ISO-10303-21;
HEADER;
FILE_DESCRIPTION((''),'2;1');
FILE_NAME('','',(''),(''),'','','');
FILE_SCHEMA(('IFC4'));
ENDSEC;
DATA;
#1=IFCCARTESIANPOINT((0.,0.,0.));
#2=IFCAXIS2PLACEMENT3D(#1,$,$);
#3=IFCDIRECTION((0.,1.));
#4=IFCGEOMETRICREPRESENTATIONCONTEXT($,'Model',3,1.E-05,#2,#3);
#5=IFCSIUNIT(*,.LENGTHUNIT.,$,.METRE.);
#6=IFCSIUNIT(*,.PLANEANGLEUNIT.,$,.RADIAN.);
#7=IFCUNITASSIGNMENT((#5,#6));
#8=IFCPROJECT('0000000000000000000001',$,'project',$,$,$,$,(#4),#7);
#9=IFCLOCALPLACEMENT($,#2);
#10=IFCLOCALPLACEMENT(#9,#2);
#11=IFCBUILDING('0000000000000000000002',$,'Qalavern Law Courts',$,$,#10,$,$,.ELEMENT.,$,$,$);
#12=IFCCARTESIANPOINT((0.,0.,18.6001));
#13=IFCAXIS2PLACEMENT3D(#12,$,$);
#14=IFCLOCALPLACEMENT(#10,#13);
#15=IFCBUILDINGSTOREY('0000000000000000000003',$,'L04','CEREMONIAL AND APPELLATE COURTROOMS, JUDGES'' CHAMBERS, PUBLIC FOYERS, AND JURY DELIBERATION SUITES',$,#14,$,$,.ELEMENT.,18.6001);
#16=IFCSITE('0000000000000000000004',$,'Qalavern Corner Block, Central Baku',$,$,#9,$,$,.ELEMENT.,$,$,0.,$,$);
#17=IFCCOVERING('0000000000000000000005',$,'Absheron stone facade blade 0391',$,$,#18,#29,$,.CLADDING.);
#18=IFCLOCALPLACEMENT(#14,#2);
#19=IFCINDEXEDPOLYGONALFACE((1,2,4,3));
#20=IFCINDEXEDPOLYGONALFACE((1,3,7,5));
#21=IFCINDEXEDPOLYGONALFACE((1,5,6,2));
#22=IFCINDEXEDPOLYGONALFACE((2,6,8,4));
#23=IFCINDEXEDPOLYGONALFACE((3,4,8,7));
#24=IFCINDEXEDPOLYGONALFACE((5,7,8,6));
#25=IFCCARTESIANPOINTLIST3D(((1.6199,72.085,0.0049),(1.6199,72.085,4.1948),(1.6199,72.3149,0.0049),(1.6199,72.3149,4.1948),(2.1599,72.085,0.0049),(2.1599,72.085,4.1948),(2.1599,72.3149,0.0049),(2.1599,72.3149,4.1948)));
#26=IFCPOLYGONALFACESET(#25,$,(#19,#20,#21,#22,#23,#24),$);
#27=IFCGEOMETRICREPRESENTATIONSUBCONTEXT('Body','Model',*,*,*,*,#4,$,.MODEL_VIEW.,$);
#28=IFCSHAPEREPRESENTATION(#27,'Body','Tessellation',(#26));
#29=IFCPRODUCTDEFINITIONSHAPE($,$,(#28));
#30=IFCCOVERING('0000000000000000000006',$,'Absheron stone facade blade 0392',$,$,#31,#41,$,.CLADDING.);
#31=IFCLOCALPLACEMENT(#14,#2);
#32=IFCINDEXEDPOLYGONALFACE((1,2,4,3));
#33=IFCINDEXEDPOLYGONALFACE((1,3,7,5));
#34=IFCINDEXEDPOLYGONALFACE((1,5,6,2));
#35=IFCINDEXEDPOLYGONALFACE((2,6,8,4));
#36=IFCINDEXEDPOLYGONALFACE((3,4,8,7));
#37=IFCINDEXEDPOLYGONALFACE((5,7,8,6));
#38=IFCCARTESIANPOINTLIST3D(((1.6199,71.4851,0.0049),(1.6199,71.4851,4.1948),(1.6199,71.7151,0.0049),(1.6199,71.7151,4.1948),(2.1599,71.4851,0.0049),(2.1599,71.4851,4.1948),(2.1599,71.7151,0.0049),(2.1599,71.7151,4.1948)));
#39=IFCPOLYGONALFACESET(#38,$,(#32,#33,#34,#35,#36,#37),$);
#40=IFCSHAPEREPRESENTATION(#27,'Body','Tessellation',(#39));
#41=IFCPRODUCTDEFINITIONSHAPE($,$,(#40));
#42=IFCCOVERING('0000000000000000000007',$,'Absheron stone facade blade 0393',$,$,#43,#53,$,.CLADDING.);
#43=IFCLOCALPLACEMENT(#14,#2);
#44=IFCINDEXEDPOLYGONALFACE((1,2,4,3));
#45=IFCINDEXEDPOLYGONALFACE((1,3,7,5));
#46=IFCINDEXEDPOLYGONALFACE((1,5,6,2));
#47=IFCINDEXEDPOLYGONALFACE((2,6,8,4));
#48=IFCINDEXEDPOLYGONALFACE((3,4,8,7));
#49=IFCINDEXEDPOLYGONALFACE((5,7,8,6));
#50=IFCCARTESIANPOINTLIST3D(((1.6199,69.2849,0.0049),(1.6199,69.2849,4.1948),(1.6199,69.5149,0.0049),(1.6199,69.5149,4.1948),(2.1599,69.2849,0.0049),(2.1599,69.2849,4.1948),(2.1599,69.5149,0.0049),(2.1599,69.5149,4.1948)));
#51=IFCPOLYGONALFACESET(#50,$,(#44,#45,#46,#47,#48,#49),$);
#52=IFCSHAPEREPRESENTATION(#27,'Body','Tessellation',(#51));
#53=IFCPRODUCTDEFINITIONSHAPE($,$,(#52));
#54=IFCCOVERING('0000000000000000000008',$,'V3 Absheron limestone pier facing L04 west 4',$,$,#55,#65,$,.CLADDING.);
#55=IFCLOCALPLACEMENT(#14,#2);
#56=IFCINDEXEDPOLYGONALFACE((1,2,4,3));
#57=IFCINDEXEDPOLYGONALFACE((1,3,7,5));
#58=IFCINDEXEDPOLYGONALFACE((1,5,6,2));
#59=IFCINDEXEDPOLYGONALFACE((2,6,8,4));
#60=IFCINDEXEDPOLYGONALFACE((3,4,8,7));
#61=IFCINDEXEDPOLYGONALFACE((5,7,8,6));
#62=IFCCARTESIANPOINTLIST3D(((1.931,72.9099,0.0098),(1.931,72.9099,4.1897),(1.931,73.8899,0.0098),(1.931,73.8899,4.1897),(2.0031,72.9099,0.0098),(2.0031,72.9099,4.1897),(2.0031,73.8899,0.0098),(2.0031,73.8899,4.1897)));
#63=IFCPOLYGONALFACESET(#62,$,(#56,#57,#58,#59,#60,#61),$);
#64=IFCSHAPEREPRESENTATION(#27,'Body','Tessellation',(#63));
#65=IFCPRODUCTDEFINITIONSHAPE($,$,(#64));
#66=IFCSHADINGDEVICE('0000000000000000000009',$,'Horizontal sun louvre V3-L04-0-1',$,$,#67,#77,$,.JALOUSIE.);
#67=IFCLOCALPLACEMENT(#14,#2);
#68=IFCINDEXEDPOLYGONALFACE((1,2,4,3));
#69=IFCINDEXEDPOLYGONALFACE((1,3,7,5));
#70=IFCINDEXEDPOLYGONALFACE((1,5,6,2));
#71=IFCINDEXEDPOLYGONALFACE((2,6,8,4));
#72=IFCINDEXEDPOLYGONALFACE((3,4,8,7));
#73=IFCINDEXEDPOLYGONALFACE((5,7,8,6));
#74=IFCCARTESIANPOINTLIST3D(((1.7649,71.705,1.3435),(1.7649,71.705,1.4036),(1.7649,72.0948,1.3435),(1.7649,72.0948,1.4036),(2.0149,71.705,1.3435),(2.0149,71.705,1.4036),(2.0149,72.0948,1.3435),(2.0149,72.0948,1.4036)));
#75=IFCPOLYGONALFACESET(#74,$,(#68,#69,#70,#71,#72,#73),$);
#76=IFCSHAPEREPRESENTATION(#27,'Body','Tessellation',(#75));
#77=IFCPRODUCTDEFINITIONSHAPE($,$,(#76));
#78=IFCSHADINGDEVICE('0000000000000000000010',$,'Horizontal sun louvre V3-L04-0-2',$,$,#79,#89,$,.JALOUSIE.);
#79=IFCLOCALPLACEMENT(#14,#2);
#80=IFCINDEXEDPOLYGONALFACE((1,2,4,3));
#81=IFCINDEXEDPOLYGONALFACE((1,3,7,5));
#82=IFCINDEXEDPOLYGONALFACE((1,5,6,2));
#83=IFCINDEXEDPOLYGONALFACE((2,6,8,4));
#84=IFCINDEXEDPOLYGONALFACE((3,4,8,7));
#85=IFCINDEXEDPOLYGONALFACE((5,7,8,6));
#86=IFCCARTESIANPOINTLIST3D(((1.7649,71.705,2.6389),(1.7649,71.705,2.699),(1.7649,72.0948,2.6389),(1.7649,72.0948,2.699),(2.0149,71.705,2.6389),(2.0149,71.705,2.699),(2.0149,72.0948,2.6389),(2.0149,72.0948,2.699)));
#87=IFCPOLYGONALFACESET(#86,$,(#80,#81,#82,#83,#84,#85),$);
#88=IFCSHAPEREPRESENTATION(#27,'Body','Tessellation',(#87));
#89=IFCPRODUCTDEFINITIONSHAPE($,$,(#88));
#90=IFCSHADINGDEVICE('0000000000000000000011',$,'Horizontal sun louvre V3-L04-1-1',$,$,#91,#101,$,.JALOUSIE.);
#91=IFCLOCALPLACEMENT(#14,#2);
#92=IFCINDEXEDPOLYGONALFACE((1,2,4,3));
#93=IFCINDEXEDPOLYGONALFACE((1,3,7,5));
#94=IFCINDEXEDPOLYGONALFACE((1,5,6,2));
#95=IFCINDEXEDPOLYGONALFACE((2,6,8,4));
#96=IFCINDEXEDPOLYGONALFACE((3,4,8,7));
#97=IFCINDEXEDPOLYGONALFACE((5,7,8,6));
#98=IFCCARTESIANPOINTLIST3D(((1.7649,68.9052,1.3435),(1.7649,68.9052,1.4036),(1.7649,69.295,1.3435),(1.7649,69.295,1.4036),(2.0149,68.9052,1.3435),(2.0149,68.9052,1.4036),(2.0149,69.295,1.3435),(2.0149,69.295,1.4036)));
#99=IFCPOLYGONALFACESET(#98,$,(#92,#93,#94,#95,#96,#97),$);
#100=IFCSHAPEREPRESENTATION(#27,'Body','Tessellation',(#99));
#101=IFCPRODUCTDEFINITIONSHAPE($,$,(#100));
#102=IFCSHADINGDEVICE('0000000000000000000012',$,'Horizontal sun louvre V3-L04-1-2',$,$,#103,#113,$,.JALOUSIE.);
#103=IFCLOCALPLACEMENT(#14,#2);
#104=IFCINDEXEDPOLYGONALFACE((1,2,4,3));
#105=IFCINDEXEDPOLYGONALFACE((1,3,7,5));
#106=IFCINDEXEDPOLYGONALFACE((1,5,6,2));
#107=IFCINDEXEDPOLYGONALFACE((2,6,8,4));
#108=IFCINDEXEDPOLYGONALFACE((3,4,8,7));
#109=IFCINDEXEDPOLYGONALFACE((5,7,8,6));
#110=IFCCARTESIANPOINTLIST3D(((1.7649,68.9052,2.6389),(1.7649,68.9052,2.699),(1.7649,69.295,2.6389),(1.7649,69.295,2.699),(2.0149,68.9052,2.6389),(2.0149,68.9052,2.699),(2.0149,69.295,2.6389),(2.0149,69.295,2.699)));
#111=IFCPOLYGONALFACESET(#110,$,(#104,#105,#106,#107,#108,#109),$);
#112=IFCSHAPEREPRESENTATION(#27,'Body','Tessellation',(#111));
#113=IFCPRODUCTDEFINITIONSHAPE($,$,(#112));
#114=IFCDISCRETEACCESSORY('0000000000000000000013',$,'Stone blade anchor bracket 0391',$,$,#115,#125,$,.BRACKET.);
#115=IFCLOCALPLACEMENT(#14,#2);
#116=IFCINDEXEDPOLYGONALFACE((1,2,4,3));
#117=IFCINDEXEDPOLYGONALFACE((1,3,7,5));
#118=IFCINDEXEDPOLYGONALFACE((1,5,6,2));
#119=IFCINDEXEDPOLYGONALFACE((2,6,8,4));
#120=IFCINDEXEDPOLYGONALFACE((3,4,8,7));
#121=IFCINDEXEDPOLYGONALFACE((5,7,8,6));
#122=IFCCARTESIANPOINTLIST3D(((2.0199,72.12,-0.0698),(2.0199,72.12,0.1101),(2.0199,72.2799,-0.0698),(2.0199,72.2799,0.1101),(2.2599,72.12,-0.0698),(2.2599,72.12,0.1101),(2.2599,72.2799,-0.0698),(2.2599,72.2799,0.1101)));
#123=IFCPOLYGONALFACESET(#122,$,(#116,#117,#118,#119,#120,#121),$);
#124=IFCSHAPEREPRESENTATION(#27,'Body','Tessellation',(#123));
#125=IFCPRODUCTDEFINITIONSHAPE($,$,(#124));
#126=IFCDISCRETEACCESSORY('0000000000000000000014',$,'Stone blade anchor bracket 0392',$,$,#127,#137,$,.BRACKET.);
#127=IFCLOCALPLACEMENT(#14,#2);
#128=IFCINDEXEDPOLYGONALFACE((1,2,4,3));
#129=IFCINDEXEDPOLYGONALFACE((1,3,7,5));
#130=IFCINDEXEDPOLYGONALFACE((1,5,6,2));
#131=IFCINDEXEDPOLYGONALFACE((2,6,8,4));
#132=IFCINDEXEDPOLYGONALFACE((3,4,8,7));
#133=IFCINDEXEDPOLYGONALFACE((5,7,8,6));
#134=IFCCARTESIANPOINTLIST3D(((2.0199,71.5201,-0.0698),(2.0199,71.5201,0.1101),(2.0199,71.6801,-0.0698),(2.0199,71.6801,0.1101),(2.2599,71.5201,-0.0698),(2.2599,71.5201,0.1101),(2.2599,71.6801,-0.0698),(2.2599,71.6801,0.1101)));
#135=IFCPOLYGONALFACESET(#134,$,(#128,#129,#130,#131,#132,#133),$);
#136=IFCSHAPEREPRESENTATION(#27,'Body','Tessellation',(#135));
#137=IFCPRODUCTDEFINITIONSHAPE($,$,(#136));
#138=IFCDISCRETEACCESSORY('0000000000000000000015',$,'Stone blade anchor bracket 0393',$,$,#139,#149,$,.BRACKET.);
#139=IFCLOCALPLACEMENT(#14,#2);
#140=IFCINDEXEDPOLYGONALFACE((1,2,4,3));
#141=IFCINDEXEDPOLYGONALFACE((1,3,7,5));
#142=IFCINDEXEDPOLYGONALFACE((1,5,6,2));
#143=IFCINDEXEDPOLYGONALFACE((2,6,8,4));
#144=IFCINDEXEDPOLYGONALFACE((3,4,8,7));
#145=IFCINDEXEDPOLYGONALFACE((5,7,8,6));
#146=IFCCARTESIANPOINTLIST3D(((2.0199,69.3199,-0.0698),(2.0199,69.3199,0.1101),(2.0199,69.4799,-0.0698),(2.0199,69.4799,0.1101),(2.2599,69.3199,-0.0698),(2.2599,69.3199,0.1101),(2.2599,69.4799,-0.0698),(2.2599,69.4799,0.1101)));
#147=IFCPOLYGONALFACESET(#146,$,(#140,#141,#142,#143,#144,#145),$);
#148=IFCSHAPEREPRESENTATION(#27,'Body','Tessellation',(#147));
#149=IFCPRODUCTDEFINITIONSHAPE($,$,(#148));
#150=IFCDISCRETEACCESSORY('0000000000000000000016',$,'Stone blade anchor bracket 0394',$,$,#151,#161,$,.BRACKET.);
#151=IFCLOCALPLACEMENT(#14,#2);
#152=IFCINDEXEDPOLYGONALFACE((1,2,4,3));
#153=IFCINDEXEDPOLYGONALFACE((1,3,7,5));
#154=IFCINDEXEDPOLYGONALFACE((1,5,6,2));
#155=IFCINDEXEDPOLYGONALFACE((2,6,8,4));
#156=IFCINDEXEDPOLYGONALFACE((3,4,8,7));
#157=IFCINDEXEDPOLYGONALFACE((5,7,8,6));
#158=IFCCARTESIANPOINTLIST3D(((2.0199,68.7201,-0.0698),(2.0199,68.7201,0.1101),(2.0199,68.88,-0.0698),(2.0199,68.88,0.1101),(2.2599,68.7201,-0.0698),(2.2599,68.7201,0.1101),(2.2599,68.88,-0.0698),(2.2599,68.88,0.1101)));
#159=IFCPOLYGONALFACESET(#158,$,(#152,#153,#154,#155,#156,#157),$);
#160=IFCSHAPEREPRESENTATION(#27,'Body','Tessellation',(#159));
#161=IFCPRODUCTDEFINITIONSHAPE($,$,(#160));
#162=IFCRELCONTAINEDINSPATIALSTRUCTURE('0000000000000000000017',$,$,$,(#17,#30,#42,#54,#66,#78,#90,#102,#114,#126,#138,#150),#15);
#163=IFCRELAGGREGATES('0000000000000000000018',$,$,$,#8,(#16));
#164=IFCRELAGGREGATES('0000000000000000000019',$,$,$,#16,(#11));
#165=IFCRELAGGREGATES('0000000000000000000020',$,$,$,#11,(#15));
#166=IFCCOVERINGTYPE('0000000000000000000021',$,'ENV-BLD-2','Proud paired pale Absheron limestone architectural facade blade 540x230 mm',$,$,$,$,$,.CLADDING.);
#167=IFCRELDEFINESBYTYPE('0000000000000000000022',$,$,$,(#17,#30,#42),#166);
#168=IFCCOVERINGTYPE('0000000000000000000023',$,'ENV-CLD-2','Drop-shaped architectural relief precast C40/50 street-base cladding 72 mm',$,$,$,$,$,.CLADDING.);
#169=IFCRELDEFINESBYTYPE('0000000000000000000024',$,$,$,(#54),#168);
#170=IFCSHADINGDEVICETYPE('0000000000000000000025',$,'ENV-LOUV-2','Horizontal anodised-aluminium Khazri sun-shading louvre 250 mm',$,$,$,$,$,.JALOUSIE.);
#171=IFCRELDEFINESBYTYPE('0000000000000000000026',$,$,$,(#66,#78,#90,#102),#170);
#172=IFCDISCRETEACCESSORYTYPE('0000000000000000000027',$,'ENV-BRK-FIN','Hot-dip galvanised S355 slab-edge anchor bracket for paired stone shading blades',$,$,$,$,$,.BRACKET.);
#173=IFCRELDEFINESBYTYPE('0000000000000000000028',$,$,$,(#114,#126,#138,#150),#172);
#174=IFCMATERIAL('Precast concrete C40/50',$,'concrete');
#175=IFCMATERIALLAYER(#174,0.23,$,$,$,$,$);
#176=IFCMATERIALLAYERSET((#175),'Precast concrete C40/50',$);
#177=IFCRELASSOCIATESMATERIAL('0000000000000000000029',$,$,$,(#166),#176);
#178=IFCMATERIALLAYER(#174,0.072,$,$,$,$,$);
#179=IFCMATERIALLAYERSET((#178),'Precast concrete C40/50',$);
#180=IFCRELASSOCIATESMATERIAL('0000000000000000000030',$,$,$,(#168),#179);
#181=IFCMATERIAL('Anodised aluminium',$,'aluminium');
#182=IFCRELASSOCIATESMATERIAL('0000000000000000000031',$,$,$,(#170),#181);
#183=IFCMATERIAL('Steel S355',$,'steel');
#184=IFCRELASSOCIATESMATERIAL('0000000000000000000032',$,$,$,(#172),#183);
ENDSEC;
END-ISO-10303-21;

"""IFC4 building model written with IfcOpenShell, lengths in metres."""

from ifc_helpers import new_model, si_unit, direction, frame, origin, origin_2d, place, context, subcontext, project, spatial, rectangle, extrude, material, layer, layer_set, type_object, element, save


model = new_model("IFC4")

# Units and contexts
model_context = context("Model", 3, precision=1e-05, world=origin(), true_north=direction((0.0, 1.0)))
body_context = subcontext(model_context, "Body", "Model", "MODEL_VIEW")
ifc_project = project(units=[si_unit("LENGTHUNIT", "METRE"), si_unit("PLANEANGLEUNIT", "RADIAN")], contexts=[model_context])

# Site, building, storey
site_placement = place(None, origin())
site = spatial("IfcSite", under=ifc_project, at=site_placement, Name="Qalavern Corner Block, Central Baku", CompositionType="ELEMENT", RefElevation=0.0)
building_placement = place(site_placement, origin())
building = spatial("IfcBuilding", under=site, at=building_placement, Name="Qalavern Law Courts", CompositionType="ELEMENT")
storey_placement = place(building_placement, frame((0.0, 0.0, 18.6001)))
storey = spatial("IfcBuildingStorey", under=building, at=storey_placement, Name="L04", Description="CEREMONIAL AND APPELLATE COURTROOMS, JUDGES' CHAMBERS, PUBLIC FOYERS, AND JURY DELIBERATION SUITES", CompositionType="ELEMENT", Elevation=18.6001)

# Shared definitions
ifc_material_1 = material(Name="Anodised aluminium", Category="aluminium")

# Coverings
ifc_material_2 = material(Name="Precast concrete C40/50", Category="concrete")
ifc_layer_1 = layer(ifc_material_2, 0.23)
ifc_layer_set_1 = layer_set([ifc_layer_1], Name="Precast concrete C40/50")
covering_type_1 = type_object("IfcCoveringType", Name="ENV-BLD-2", Description="Proud paired pale Absheron limestone architectural facade blade 540x230 mm", PredefinedType="CLADDING", material=ifc_layer_set_1)
for number, where, z_axis, x_axis, name in (
    (1, (1.8899, 72.2, 0.0049), (0.0, 0.0, 1.0), (-1.0, 0.0, 0.0), "Absheron stone facade blade 0391"),
    (2, (1.8899, 71.6001, 0.0049), (0.0, 0.0, 1.0), (-1.0, 0.0, 0.0), "Absheron stone facade blade 0392"),
    (3, (1.8899, 69.3999, 0.0049), (0.0, 0.0, 1.0), (-1.0, 0.0, 0.0), "Absheron stone facade blade 0393"),
):
    element("IfcCovering", number, at=place(storey_placement, frame(where, z_axis=z_axis, x_axis=x_axis)), inside=storey, type_object=covering_type_1, Name=name, PredefinedType="CLADDING", context=body_context, shape_type="SweptSolid", body=[
        extrude(rectangle(XDim=0.54, YDim=0.23, at=origin_2d()), origin(), (0.0, 0.0, 1.0), 4.1899),
    ])
ifc_layer_2 = layer(ifc_material_2, 0.072)
ifc_layer_set_2 = layer_set([ifc_layer_2], Name="Precast concrete C40/50")
covering_type_2 = type_object("IfcCoveringType", Name="ENV-CLD-2", Description="Drop-shaped architectural relief precast C40/50 street-base cladding 72 mm", PredefinedType="CLADDING", material=ifc_layer_set_2)
covering_placement = place(storey_placement, frame((1.967, 73.3999, 0.0098), z_axis=(0.0, 0.0, 1.0), x_axis=(0.0, -1.0, 0.0)))
element("IfcCovering", 4, at=covering_placement, inside=storey, type_object=covering_type_2, Name="V3 Absheron limestone pier facing L04 west 4", PredefinedType="CLADDING", context=body_context, shape_type="SweptSolid", body=[
    extrude(rectangle(XDim=0.98, YDim=0.072, at=origin_2d()), origin(), (0.0, 0.0, 1.0), 4.1799),
])

# Shading devices
shading_device_type = type_object("IfcShadingDeviceType", Name="ENV-LOUV-2", Description="Horizontal anodised-aluminium Khazri sun-shading louvre 250 mm", PredefinedType="JALOUSIE", material=ifc_material_1)
for number, where, z_axis, x_axis, name in (
    (5, (1.8899, 71.8999, 1.3435), (0.0, 0.0, 1.0), (0.0, -1.0, 0.0), "Horizontal sun louvre V3-L04-0-1"),
    (6, (1.8899, 71.8999, 2.6389), (0.0, 0.0, 1.0), (0.0, -1.0, 0.0), "Horizontal sun louvre V3-L04-0-2"),
    (7, (1.8899, 69.1001, 1.3435), (0.0, 0.0, 1.0), (0.0, -1.0, 0.0), "Horizontal sun louvre V3-L04-1-1"),
    (8, (1.8899, 69.1001, 2.6389), (0.0, 0.0, 1.0), (0.0, -1.0, 0.0), "Horizontal sun louvre V3-L04-1-2"),
):
    element("IfcShadingDevice", number, at=place(storey_placement, frame(where, z_axis=z_axis, x_axis=x_axis)), inside=storey, type_object=shading_device_type, Name=name, PredefinedType="JALOUSIE", context=body_context, shape_type="SweptSolid", body=[
        extrude(rectangle(XDim=0.3899, YDim=0.25, at=origin_2d()), origin(), (0.0, 0.0, 1.0), 0.0601),
    ])

# Discrete accessories
ifc_material_3 = material(Name="Steel S355", Category="steel")
discrete_accessory_type = type_object("IfcDiscreteAccessoryType", Name="ENV-BRK-FIN", Description="Hot-dip galvanised S355 slab-edge anchor bracket for paired stone shading blades", PredefinedType="BRACKET", material=ifc_material_3)
for number, where, z_axis, x_axis, name in (
    (9, (2.1399, 72.2, -0.0698), (0.0, 0.0, 1.0), (-1.0, 0.0, 0.0), "Stone blade anchor bracket 0391"),
    (10, (2.1399, 71.6001, -0.0698), (0.0, 0.0, 1.0), (-1.0, 0.0, 0.0), "Stone blade anchor bracket 0392"),
    (11, (2.1399, 69.3999, -0.0698), (0.0, 0.0, 1.0), (-1.0, 0.0, 0.0), "Stone blade anchor bracket 0393"),
    (12, (2.1399, 68.8, -0.0698), (0.0, 0.0, 1.0), (-1.0, 0.0, 0.0), "Stone blade anchor bracket 0394"),
):
    element("IfcDiscreteAccessory", number, at=place(storey_placement, frame(where, z_axis=z_axis, x_axis=x_axis)), inside=storey, type_object=discrete_accessory_type, Name=name, PredefinedType="BRACKET", context=body_context, shape_type="SweptSolid", body=[
        extrude(rectangle(XDim=0.24, YDim=0.1599, at=origin_2d()), origin(), (0.0, 0.0, 1.0), 0.1799),
    ])

save(model, "model.ifc")
